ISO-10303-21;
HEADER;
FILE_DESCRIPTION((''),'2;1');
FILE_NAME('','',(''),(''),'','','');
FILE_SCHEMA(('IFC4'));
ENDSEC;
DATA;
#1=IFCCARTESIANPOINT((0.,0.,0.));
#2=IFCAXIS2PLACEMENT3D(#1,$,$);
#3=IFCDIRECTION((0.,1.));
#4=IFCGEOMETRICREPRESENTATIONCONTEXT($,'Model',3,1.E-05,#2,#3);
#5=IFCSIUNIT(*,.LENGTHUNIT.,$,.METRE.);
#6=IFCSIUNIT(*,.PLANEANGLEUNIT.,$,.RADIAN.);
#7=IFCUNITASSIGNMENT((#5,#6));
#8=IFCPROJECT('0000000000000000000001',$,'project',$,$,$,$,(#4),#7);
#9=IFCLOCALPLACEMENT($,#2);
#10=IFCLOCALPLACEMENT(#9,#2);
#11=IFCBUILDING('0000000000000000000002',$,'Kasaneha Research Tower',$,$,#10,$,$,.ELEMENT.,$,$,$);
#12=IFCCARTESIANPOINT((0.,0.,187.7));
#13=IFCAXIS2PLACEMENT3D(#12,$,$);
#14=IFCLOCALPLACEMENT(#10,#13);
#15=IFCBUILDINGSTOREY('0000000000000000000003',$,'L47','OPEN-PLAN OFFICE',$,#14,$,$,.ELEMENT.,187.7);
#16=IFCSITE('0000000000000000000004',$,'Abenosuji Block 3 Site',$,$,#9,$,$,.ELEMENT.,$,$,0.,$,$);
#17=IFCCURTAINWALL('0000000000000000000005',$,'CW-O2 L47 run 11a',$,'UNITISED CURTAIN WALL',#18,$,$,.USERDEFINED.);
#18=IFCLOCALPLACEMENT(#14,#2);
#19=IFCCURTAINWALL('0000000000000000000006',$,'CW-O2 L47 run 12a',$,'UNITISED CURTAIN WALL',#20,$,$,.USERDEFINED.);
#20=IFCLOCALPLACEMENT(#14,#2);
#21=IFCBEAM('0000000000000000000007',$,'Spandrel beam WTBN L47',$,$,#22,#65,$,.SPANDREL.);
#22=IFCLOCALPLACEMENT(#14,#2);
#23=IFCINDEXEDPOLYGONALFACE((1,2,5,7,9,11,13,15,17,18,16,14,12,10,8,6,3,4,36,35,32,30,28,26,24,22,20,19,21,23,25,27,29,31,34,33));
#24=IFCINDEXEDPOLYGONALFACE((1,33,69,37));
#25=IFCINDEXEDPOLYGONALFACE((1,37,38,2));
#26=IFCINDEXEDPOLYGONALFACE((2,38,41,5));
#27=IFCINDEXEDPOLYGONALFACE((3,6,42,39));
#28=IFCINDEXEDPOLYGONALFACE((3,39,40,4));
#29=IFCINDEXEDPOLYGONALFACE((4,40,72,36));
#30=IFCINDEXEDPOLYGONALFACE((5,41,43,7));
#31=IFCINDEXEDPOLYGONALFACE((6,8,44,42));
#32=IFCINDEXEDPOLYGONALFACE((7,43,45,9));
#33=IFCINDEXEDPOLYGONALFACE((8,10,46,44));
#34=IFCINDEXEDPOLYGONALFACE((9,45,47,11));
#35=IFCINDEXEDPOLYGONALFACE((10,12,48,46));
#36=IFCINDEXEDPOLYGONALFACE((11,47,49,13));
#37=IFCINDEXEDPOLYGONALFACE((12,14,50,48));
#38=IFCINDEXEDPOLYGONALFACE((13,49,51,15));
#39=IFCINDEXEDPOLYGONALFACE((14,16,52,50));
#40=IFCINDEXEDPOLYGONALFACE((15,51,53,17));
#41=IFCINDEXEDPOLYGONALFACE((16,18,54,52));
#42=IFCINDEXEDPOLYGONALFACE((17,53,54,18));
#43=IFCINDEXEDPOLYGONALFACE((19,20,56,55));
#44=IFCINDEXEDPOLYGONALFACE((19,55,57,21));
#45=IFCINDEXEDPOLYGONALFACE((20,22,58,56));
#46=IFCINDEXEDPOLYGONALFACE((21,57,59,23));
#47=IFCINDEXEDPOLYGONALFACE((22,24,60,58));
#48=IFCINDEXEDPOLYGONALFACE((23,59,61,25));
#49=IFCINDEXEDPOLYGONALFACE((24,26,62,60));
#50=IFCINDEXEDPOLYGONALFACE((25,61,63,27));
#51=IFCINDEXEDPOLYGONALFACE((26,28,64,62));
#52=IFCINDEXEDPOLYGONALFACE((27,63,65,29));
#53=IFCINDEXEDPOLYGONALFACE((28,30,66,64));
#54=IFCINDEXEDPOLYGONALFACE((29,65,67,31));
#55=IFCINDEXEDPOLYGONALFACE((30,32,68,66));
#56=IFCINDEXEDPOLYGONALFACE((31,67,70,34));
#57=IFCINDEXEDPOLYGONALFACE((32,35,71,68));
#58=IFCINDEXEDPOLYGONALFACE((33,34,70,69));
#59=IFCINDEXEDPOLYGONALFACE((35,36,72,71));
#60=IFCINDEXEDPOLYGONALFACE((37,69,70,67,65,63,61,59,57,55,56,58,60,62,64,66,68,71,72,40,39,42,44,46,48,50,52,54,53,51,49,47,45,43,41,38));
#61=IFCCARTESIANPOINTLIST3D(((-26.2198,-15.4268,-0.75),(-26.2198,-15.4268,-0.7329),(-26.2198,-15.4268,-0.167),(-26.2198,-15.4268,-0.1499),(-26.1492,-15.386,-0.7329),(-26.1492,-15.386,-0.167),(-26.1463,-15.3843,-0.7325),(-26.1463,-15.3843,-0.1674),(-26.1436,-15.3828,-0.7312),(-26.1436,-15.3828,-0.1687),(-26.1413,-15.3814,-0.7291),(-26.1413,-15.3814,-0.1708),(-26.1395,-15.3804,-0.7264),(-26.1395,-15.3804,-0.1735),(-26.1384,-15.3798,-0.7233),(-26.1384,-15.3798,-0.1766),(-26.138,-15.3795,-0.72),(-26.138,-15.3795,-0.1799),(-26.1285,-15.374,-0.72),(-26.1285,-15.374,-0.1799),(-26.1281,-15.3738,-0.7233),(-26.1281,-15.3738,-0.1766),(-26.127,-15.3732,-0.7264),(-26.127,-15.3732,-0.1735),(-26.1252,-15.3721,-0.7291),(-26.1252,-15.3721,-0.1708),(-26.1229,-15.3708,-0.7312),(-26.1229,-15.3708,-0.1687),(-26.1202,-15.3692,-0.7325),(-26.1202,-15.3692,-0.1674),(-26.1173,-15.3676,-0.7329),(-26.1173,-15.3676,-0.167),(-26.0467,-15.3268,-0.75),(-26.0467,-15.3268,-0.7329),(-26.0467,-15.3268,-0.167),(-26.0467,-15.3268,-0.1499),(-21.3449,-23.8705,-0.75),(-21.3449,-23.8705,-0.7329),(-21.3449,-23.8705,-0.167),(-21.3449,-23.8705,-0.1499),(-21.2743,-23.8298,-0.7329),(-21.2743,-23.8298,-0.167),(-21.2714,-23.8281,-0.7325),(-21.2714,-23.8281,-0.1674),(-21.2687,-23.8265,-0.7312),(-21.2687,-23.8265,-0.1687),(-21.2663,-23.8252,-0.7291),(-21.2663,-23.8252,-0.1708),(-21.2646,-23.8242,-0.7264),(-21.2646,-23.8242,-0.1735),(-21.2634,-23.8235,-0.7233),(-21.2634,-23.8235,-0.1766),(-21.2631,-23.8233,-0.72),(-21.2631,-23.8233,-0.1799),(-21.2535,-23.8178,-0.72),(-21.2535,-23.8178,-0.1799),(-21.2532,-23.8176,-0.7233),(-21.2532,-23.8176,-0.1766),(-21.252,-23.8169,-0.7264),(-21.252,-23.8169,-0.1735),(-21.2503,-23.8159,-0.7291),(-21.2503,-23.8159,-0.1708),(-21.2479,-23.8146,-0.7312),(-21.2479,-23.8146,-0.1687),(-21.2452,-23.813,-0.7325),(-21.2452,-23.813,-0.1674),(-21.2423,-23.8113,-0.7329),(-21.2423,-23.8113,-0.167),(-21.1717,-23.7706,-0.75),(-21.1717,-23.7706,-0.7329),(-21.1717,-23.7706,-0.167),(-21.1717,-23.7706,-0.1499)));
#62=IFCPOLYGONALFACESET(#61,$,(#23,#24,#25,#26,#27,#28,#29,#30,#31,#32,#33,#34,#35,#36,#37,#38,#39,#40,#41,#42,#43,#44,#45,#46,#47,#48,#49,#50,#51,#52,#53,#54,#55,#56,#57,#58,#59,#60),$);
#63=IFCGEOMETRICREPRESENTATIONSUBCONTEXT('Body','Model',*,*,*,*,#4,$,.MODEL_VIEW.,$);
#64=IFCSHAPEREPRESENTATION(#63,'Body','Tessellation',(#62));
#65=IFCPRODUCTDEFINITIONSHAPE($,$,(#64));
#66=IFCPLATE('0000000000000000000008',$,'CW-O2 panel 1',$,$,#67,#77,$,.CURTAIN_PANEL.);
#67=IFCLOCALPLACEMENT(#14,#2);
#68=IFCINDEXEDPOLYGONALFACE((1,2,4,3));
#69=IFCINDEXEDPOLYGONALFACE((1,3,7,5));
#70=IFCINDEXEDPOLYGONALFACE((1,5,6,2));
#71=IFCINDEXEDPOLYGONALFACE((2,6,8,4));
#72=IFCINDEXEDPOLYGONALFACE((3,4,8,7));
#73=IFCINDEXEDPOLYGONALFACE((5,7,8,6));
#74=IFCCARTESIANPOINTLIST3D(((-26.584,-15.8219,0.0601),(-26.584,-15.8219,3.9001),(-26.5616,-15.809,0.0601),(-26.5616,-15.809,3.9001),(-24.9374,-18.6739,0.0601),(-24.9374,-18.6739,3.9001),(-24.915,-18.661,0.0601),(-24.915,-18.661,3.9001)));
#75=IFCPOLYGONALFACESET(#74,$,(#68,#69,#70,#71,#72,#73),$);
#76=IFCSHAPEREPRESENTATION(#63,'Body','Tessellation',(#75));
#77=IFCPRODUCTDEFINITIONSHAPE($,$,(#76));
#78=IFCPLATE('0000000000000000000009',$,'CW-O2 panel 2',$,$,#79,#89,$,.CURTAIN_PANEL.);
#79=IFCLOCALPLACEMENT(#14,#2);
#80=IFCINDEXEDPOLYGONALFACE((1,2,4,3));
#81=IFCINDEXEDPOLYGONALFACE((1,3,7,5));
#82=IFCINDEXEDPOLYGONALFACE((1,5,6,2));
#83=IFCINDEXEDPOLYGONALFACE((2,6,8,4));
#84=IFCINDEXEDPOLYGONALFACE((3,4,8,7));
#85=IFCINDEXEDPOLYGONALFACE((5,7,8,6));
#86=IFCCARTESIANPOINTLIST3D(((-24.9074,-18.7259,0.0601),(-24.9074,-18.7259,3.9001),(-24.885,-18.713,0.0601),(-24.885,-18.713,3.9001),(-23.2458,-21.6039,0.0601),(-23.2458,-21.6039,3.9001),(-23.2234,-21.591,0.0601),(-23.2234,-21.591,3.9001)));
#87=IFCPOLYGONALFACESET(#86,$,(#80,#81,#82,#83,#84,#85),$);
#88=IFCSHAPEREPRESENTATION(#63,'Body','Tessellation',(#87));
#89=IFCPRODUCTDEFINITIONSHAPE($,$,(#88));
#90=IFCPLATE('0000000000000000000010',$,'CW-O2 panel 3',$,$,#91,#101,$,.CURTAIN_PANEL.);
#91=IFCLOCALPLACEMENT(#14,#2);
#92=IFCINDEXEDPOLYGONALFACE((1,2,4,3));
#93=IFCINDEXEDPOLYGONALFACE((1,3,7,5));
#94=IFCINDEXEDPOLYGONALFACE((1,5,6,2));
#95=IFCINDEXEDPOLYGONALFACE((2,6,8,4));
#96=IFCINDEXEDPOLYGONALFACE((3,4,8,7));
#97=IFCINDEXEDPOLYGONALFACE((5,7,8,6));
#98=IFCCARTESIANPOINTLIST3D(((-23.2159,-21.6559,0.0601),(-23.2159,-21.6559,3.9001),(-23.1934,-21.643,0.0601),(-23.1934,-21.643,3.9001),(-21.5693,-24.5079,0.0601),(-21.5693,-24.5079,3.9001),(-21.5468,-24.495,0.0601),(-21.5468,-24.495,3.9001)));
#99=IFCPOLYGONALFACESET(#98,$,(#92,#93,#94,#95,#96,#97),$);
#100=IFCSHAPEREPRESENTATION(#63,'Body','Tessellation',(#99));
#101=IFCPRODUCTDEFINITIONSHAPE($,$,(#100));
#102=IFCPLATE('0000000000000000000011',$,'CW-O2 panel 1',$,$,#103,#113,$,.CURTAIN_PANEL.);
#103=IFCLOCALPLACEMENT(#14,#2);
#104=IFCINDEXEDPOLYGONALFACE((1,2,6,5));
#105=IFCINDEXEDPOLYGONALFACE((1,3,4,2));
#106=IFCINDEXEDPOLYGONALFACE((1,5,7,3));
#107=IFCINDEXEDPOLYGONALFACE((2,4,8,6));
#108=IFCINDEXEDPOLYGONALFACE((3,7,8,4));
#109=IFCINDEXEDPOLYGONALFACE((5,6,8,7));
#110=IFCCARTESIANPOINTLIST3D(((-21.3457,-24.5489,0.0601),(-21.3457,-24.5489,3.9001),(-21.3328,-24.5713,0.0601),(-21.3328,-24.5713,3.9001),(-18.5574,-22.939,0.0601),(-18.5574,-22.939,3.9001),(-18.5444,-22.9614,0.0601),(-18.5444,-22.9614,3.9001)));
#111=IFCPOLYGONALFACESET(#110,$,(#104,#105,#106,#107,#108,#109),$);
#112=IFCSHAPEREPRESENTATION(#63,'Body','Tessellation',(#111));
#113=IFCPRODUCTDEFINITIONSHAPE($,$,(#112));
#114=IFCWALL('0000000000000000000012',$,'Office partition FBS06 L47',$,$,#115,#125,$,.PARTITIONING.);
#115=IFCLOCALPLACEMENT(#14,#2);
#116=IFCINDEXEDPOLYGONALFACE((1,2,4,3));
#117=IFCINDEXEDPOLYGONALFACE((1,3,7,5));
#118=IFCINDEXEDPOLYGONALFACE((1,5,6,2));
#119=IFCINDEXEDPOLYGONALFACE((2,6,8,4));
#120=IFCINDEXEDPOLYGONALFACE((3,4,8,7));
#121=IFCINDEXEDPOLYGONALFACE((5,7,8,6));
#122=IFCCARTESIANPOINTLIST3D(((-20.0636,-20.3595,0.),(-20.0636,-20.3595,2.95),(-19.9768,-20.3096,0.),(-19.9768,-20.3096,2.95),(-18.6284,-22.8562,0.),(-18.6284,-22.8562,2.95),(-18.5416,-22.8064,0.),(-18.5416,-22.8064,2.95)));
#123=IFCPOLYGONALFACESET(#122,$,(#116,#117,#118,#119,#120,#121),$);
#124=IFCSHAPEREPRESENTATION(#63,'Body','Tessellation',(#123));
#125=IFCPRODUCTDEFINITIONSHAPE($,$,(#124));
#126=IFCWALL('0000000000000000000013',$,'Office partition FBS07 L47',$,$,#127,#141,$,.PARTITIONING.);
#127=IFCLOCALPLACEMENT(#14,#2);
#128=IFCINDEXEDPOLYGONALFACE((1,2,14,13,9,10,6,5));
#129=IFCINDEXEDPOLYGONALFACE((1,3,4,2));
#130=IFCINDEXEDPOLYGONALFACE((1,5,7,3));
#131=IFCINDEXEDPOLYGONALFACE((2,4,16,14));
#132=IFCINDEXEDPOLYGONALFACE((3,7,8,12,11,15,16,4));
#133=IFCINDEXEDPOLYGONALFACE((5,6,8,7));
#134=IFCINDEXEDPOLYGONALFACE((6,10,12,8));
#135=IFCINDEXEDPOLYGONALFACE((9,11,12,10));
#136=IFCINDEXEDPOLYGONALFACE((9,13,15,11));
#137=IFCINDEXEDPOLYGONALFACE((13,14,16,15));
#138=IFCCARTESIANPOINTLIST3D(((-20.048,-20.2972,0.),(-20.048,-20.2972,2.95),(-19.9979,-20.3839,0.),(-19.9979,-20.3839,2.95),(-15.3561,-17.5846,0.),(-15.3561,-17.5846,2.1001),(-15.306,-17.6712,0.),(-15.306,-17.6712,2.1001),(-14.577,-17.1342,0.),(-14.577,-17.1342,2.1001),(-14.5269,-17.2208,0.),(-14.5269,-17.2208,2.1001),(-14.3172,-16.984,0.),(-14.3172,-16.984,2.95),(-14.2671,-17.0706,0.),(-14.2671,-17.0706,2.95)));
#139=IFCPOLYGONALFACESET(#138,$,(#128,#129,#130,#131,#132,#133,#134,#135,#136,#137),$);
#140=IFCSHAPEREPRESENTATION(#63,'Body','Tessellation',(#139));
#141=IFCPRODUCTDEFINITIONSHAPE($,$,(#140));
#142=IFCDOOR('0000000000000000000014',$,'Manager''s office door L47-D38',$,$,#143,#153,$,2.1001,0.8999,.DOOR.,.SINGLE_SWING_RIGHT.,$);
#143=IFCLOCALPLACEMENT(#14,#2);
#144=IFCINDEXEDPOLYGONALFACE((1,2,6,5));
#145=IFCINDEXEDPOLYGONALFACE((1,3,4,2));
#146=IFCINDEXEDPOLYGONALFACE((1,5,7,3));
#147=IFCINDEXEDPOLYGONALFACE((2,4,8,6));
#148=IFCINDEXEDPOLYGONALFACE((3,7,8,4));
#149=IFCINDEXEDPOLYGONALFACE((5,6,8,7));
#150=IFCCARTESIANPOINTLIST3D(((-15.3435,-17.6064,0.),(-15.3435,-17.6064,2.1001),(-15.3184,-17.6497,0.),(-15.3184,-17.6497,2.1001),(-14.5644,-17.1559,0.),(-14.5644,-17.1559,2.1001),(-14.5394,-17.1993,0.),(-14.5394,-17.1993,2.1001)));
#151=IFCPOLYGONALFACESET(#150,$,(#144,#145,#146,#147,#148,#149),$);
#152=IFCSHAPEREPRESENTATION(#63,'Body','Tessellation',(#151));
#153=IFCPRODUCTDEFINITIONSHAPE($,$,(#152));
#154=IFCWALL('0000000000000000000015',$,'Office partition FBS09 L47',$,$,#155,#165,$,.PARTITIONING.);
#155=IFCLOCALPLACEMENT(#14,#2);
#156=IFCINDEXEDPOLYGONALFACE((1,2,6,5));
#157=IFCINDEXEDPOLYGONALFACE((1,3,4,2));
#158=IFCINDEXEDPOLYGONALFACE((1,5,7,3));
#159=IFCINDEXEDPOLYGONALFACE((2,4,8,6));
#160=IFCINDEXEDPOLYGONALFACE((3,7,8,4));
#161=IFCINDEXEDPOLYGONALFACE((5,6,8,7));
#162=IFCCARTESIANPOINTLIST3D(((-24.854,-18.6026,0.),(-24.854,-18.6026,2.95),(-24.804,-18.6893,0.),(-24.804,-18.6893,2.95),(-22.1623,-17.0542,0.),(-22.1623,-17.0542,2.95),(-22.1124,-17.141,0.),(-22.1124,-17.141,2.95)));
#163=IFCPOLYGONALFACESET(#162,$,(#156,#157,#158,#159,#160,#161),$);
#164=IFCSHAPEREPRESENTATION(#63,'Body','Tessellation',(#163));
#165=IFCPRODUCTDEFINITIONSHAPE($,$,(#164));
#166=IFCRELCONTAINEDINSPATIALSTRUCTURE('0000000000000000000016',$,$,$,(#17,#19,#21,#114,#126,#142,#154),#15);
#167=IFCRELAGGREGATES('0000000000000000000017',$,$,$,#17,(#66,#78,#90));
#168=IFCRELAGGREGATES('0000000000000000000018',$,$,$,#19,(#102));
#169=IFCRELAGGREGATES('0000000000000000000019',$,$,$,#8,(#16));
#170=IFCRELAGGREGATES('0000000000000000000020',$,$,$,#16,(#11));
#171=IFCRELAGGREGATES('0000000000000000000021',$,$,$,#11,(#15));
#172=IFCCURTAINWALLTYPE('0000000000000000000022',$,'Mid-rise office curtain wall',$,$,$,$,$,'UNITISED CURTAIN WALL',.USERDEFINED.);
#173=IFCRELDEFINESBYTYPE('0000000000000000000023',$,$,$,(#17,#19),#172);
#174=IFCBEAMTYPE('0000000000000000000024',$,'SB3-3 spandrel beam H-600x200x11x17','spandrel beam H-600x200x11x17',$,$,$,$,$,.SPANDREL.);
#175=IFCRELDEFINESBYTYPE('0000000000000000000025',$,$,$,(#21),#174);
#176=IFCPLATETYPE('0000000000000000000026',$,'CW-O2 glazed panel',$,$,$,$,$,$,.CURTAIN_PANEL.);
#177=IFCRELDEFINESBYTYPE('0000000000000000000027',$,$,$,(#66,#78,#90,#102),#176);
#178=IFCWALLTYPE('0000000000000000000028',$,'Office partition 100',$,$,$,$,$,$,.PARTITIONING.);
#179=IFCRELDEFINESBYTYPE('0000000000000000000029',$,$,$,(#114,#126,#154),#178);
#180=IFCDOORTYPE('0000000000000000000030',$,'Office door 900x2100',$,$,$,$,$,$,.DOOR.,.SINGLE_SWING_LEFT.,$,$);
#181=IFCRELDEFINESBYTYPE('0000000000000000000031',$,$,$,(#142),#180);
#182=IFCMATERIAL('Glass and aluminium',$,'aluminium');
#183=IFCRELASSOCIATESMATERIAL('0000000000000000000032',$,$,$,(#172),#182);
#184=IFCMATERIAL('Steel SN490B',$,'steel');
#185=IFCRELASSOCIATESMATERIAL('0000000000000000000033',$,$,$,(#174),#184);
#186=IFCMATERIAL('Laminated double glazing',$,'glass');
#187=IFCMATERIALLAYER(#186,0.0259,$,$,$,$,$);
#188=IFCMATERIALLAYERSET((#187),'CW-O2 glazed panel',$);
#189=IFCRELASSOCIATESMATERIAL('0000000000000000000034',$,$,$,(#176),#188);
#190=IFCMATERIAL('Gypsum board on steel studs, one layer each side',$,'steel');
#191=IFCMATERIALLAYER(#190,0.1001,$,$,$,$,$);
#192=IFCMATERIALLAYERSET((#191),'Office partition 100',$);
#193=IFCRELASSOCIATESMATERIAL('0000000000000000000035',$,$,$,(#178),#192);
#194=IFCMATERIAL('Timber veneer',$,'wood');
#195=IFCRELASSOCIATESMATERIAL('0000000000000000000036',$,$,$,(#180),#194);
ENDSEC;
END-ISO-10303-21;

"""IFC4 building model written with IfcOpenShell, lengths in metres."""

from ifc_helpers import new_model, si_unit, direction, frame, frame_2d, origin, origin_2d, place, context, subcontext, project, spatial, rectangle, i_section, extrude, material, layer, layer_set, material_profile, profile_set, type_object, element, fill, aggregate, save


model = new_model("IFC4")

# Units and contexts
model_context = context("Model", 3, precision=1e-05, world=origin(), true_north=direction((0.0, 1.0)))
body_context = subcontext(model_context, "Body", "Model", "MODEL_VIEW")
ifc_project = project(units=[si_unit("LENGTHUNIT", "METRE"), si_unit("PLANEANGLEUNIT", "RADIAN")], contexts=[model_context])

# Site, building, storey
site_placement = place(None, origin())
site = spatial("IfcSite", under=ifc_project, at=site_placement, Name="Abenosuji Block 3 Site", CompositionType="ELEMENT", RefElevation=0.0)
building_placement = place(site_placement, origin())
building = spatial("IfcBuilding", under=site, at=building_placement, Name="Kasaneha Research Tower", CompositionType="ELEMENT")
storey_placement = place(building_placement, frame((0.0, 0.0, 187.7)))
storey = spatial("IfcBuildingStorey", under=building, at=storey_placement, Name="L47", Description="OPEN-PLAN OFFICE", CompositionType="ELEMENT", Elevation=187.7)

# Shared definitions
ifc_material_1 = material(Name="Glass and aluminium", Category="aluminium")
curtain_wall_type = type_object("IfcCurtainWallType", Name="Mid-rise office curtain wall", ElementType="UNITISED CURTAIN WALL", PredefinedType="USERDEFINED", material=ifc_material_1)

# Curtain walls
curtain_wall_1_placement = place(storey_placement, origin())
curtain_wall_1 = element("IfcCurtainWall", 1, at=curtain_wall_1_placement, inside=storey, type_object=curtain_wall_type, Name="CW-O2 L47 run 11a", ObjectType="UNITISED CURTAIN WALL", PredefinedType="USERDEFINED")
curtain_wall_2_placement = place(storey_placement, origin())
curtain_wall_2 = element("IfcCurtainWall", 2, at=curtain_wall_2_placement, inside=storey, type_object=curtain_wall_type, Name="CW-O2 L47 run 12a", ObjectType="UNITISED CURTAIN WALL", PredefinedType="USERDEFINED")

# Beam
ifc_material_2 = material(Name="Steel SN490B", Category="steel")
ifc_material_profile_1 = material_profile(ifc_material_2, i_section(OverallWidth=0.2, OverallDepth=0.6001, WebThickness=0.011, FlangeThickness=0.0171, FilletRadius=0.0129, at=origin_2d()), Name="H-600x200x11x17")
ifc_profile_set_1 = profile_set([ifc_material_profile_1], Name="Steel SN490B")
beam_type = type_object("IfcBeamType", Name="SB3-3 spandrel beam H-600x200x11x17", Description="spandrel beam H-600x200x11x17", PredefinedType="SPANDREL", material=ifc_profile_set_1)
beam_placement = place(storey_placement, frame((-21.2583, -23.8206, -0.45), z_axis=(-0.499996, 0.866028, 0.0), x_axis=(-0.866028, -0.499996, 0.0)))
element("IfcBeam", 3, at=beam_placement, inside=storey, type_object=beam_type, Name="Spandrel beam WTBN L47", PredefinedType="SPANDREL", context=body_context, shape_type="SweptSolid", body=[
    extrude(i_section(OverallWidth=0.2, OverallDepth=0.6001, WebThickness=0.011, FlangeThickness=0.0171, FilletRadius=0.0129, at=origin_2d()), origin(), (0.0, 0.0, 1.0), 9.75),
])

# Plates
ifc_material_3 = material(Name="Laminated double glazing", Category="glass")
ifc_layer_1 = layer(ifc_material_3, 0.0259)
ifc_layer_set_1 = layer_set([ifc_layer_1], Name="CW-O2 glazed panel")
plate_type = type_object("IfcPlateType", Name="CW-O2 glazed panel", PredefinedType="CURTAIN_PANEL", material=ifc_layer_set_1)
plate_1_placement = place(storey_placement, frame((-25.7495, -17.2415, 0.0601), z_axis=(0.0, 0.0, 1.0), x_axis=(0.5, -0.866025, 0.0)))
plate_1 = element("IfcPlate", 4, at=plate_1_placement, type_object=plate_type, Name="CW-O2 panel 1", PredefinedType="CURTAIN_PANEL", context=body_context, shape_type="SweptSolid", body=[
    extrude(rectangle(XDim=3.2932, YDim=0.0259, at=origin_2d()), origin(), (0.0, 0.0, 1.0), 3.8401),
])
plate_2_placement = place(storey_placement, frame((-24.0654, -20.1584, 0.0601), z_axis=(0.0, 0.0, 1.0), x_axis=(0.5, -0.866025, 0.0)))
plate_2 = element("IfcPlate", 5, at=plate_2_placement, type_object=plate_type, Name="CW-O2 panel 2", PredefinedType="CURTAIN_PANEL", context=body_context, shape_type="SweptSolid", body=[
    extrude(rectangle(XDim=3.3232, YDim=0.0259, at=origin_2d()), origin(), (0.0, 0.0, 1.0), 3.8401),
])
plate_3_placement = place(storey_placement, frame((-22.3813, -23.0754, 0.0601), z_axis=(0.0, 0.0, 1.0), x_axis=(0.5, -0.866025, 0.0)))
plate_3 = element("IfcPlate", 6, at=plate_3_placement, type_object=plate_type, Name="CW-O2 panel 3", PredefinedType="CURTAIN_PANEL", context=body_context, shape_type="SweptSolid", body=[
    extrude(rectangle(XDim=3.2932, YDim=0.0259, at=origin_2d()), origin(), (0.0, 0.0, 1.0), 3.8401),
])
aggregate(curtain_wall_1, [plate_1, plate_2, plate_3])
plate_4_placement = place(storey_placement, frame((-19.9451, -23.7551, 0.0601), z_axis=(0.0, 0.0, 1.0), x_axis=(0.866025, 0.5, 0.0)))
plate_4 = element("IfcPlate", 7, at=plate_4_placement, type_object=plate_type, Name="CW-O2 panel 1", PredefinedType="CURTAIN_PANEL", context=body_context, shape_type="SweptSolid", body=[
    extrude(rectangle(XDim=3.2197, YDim=0.0259, at=origin_2d()), origin(), (0.0, 0.0, 1.0), 3.8401),
])
aggregate(curtain_wall_2, [plate_4])

# Wall
ifc_material_4 = material(Name="Gypsum board on steel studs, one layer each side", Category="steel")
ifc_layer_2 = layer(ifc_material_4, 0.1001)
ifc_layer_set_2 = layer_set([ifc_layer_2], Name="Office partition 100")
wall_type = type_object("IfcWallType", Name="Office partition 100", PredefinedType="PARTITIONING", material=ifc_layer_set_2)
wall_1_placement = place(storey_placement, frame((-18.585, -22.8313, 0.0), z_axis=(0.0, 0.0, 1.0), x_axis=(-0.498374, 0.866962, 0.0)))
element("IfcWall", 8, at=wall_1_placement, inside=storey, type_object=wall_type, Name="Office partition FBS06 L47", PredefinedType="PARTITIONING", context=body_context, shape_type="SweptSolid", body=[
    extrude(rectangle(XDim=2.8799, YDim=0.1001, at=frame_2d((1.4399, 0.0))), origin(), (0.0, 0.0, 1.0), 2.95),
])

# Wall, opening, door
wall_2_placement = place(storey_placement, frame((-20.0229, -20.3406, 0.0), z_axis=(0.0, 0.0, 1.0), x_axis=(0.865724, 0.500522, 0.0)))
wall_2 = element("IfcWall", 9, at=wall_2_placement, inside=storey, type_object=wall_type, Name="Office partition FBS07 L47", PredefinedType="PARTITIONING", context=body_context, shape_type="SweptSolid", body=[
    extrude(rectangle(XDim=6.6196, YDim=0.1001, at=frame_2d((3.3098, 0.0))), origin(), (0.0, 0.0, 1.0), 2.95),
])
opening_1_placement = place(wall_2_placement, frame((5.4197, 0.0, 0.0)))
opening_1 = element("IfcOpeningElement", 10, at=opening_1_placement, cuts=wall_2, PredefinedType="OPENING", context=body_context, shape_type="SweptSolid", body=[
    extrude(rectangle(XDim=0.8999, YDim=2.1001, at=frame_2d((0.45, 1.05))), frame((0.0, 0.0601, 0.0), z_axis=(0.0, -1.0, 0.0), x_axis=(1.0, 0.0, 0.0)), (0.0, 0.0, 1.0), 0.1201),
])
ifc_material_5 = material(Name="Timber veneer", Category="wood")
door_type = type_object("IfcDoorType", Name="Office door 900x2100", OperationType="SINGLE_SWING_LEFT", PredefinedType="DOOR", material=ifc_material_5)
door_1_placement = place(opening_1_placement, origin())
door_1 = element("IfcDoor", 11, at=door_1_placement, inside=storey, type_object=door_type, Name="Manager's office door L47-D38", OperationType="SINGLE_SWING_RIGHT", OverallHeight=2.1001, OverallWidth=0.8999, PredefinedType="DOOR", context=body_context, shape_type="SweptSolid", body=[
    extrude(rectangle(XDim=0.8999, YDim=2.1001, at=frame_2d((0.45, 1.05))), frame((0.0, 0.0249, 0.0), z_axis=(0.0, -1.0, 0.0), x_axis=(1.0, 0.0, 0.0)), (0.0, 0.0, 1.0), 0.05),
])
fill(opening_1, door_1)

# Wall
wall_3_placement = place(storey_placement, frame((-24.8291, -18.646, 0.0), z_axis=(0.0, 0.0, 1.0), x_axis=(0.866817, 0.498626, 0.0)))
element("IfcWall", 12, at=wall_3_placement, inside=storey, type_object=wall_type, Name="Office partition FBS09 L47", PredefinedType="PARTITIONING", context=body_context, shape_type="SweptSolid", body=[
    extrude(rectangle(XDim=3.1052, YDim=0.1001, at=frame_2d((1.5527, 0.0))), origin(), (0.0, 0.0, 1.0), 2.95),
])

save(model, "model.ifc")
